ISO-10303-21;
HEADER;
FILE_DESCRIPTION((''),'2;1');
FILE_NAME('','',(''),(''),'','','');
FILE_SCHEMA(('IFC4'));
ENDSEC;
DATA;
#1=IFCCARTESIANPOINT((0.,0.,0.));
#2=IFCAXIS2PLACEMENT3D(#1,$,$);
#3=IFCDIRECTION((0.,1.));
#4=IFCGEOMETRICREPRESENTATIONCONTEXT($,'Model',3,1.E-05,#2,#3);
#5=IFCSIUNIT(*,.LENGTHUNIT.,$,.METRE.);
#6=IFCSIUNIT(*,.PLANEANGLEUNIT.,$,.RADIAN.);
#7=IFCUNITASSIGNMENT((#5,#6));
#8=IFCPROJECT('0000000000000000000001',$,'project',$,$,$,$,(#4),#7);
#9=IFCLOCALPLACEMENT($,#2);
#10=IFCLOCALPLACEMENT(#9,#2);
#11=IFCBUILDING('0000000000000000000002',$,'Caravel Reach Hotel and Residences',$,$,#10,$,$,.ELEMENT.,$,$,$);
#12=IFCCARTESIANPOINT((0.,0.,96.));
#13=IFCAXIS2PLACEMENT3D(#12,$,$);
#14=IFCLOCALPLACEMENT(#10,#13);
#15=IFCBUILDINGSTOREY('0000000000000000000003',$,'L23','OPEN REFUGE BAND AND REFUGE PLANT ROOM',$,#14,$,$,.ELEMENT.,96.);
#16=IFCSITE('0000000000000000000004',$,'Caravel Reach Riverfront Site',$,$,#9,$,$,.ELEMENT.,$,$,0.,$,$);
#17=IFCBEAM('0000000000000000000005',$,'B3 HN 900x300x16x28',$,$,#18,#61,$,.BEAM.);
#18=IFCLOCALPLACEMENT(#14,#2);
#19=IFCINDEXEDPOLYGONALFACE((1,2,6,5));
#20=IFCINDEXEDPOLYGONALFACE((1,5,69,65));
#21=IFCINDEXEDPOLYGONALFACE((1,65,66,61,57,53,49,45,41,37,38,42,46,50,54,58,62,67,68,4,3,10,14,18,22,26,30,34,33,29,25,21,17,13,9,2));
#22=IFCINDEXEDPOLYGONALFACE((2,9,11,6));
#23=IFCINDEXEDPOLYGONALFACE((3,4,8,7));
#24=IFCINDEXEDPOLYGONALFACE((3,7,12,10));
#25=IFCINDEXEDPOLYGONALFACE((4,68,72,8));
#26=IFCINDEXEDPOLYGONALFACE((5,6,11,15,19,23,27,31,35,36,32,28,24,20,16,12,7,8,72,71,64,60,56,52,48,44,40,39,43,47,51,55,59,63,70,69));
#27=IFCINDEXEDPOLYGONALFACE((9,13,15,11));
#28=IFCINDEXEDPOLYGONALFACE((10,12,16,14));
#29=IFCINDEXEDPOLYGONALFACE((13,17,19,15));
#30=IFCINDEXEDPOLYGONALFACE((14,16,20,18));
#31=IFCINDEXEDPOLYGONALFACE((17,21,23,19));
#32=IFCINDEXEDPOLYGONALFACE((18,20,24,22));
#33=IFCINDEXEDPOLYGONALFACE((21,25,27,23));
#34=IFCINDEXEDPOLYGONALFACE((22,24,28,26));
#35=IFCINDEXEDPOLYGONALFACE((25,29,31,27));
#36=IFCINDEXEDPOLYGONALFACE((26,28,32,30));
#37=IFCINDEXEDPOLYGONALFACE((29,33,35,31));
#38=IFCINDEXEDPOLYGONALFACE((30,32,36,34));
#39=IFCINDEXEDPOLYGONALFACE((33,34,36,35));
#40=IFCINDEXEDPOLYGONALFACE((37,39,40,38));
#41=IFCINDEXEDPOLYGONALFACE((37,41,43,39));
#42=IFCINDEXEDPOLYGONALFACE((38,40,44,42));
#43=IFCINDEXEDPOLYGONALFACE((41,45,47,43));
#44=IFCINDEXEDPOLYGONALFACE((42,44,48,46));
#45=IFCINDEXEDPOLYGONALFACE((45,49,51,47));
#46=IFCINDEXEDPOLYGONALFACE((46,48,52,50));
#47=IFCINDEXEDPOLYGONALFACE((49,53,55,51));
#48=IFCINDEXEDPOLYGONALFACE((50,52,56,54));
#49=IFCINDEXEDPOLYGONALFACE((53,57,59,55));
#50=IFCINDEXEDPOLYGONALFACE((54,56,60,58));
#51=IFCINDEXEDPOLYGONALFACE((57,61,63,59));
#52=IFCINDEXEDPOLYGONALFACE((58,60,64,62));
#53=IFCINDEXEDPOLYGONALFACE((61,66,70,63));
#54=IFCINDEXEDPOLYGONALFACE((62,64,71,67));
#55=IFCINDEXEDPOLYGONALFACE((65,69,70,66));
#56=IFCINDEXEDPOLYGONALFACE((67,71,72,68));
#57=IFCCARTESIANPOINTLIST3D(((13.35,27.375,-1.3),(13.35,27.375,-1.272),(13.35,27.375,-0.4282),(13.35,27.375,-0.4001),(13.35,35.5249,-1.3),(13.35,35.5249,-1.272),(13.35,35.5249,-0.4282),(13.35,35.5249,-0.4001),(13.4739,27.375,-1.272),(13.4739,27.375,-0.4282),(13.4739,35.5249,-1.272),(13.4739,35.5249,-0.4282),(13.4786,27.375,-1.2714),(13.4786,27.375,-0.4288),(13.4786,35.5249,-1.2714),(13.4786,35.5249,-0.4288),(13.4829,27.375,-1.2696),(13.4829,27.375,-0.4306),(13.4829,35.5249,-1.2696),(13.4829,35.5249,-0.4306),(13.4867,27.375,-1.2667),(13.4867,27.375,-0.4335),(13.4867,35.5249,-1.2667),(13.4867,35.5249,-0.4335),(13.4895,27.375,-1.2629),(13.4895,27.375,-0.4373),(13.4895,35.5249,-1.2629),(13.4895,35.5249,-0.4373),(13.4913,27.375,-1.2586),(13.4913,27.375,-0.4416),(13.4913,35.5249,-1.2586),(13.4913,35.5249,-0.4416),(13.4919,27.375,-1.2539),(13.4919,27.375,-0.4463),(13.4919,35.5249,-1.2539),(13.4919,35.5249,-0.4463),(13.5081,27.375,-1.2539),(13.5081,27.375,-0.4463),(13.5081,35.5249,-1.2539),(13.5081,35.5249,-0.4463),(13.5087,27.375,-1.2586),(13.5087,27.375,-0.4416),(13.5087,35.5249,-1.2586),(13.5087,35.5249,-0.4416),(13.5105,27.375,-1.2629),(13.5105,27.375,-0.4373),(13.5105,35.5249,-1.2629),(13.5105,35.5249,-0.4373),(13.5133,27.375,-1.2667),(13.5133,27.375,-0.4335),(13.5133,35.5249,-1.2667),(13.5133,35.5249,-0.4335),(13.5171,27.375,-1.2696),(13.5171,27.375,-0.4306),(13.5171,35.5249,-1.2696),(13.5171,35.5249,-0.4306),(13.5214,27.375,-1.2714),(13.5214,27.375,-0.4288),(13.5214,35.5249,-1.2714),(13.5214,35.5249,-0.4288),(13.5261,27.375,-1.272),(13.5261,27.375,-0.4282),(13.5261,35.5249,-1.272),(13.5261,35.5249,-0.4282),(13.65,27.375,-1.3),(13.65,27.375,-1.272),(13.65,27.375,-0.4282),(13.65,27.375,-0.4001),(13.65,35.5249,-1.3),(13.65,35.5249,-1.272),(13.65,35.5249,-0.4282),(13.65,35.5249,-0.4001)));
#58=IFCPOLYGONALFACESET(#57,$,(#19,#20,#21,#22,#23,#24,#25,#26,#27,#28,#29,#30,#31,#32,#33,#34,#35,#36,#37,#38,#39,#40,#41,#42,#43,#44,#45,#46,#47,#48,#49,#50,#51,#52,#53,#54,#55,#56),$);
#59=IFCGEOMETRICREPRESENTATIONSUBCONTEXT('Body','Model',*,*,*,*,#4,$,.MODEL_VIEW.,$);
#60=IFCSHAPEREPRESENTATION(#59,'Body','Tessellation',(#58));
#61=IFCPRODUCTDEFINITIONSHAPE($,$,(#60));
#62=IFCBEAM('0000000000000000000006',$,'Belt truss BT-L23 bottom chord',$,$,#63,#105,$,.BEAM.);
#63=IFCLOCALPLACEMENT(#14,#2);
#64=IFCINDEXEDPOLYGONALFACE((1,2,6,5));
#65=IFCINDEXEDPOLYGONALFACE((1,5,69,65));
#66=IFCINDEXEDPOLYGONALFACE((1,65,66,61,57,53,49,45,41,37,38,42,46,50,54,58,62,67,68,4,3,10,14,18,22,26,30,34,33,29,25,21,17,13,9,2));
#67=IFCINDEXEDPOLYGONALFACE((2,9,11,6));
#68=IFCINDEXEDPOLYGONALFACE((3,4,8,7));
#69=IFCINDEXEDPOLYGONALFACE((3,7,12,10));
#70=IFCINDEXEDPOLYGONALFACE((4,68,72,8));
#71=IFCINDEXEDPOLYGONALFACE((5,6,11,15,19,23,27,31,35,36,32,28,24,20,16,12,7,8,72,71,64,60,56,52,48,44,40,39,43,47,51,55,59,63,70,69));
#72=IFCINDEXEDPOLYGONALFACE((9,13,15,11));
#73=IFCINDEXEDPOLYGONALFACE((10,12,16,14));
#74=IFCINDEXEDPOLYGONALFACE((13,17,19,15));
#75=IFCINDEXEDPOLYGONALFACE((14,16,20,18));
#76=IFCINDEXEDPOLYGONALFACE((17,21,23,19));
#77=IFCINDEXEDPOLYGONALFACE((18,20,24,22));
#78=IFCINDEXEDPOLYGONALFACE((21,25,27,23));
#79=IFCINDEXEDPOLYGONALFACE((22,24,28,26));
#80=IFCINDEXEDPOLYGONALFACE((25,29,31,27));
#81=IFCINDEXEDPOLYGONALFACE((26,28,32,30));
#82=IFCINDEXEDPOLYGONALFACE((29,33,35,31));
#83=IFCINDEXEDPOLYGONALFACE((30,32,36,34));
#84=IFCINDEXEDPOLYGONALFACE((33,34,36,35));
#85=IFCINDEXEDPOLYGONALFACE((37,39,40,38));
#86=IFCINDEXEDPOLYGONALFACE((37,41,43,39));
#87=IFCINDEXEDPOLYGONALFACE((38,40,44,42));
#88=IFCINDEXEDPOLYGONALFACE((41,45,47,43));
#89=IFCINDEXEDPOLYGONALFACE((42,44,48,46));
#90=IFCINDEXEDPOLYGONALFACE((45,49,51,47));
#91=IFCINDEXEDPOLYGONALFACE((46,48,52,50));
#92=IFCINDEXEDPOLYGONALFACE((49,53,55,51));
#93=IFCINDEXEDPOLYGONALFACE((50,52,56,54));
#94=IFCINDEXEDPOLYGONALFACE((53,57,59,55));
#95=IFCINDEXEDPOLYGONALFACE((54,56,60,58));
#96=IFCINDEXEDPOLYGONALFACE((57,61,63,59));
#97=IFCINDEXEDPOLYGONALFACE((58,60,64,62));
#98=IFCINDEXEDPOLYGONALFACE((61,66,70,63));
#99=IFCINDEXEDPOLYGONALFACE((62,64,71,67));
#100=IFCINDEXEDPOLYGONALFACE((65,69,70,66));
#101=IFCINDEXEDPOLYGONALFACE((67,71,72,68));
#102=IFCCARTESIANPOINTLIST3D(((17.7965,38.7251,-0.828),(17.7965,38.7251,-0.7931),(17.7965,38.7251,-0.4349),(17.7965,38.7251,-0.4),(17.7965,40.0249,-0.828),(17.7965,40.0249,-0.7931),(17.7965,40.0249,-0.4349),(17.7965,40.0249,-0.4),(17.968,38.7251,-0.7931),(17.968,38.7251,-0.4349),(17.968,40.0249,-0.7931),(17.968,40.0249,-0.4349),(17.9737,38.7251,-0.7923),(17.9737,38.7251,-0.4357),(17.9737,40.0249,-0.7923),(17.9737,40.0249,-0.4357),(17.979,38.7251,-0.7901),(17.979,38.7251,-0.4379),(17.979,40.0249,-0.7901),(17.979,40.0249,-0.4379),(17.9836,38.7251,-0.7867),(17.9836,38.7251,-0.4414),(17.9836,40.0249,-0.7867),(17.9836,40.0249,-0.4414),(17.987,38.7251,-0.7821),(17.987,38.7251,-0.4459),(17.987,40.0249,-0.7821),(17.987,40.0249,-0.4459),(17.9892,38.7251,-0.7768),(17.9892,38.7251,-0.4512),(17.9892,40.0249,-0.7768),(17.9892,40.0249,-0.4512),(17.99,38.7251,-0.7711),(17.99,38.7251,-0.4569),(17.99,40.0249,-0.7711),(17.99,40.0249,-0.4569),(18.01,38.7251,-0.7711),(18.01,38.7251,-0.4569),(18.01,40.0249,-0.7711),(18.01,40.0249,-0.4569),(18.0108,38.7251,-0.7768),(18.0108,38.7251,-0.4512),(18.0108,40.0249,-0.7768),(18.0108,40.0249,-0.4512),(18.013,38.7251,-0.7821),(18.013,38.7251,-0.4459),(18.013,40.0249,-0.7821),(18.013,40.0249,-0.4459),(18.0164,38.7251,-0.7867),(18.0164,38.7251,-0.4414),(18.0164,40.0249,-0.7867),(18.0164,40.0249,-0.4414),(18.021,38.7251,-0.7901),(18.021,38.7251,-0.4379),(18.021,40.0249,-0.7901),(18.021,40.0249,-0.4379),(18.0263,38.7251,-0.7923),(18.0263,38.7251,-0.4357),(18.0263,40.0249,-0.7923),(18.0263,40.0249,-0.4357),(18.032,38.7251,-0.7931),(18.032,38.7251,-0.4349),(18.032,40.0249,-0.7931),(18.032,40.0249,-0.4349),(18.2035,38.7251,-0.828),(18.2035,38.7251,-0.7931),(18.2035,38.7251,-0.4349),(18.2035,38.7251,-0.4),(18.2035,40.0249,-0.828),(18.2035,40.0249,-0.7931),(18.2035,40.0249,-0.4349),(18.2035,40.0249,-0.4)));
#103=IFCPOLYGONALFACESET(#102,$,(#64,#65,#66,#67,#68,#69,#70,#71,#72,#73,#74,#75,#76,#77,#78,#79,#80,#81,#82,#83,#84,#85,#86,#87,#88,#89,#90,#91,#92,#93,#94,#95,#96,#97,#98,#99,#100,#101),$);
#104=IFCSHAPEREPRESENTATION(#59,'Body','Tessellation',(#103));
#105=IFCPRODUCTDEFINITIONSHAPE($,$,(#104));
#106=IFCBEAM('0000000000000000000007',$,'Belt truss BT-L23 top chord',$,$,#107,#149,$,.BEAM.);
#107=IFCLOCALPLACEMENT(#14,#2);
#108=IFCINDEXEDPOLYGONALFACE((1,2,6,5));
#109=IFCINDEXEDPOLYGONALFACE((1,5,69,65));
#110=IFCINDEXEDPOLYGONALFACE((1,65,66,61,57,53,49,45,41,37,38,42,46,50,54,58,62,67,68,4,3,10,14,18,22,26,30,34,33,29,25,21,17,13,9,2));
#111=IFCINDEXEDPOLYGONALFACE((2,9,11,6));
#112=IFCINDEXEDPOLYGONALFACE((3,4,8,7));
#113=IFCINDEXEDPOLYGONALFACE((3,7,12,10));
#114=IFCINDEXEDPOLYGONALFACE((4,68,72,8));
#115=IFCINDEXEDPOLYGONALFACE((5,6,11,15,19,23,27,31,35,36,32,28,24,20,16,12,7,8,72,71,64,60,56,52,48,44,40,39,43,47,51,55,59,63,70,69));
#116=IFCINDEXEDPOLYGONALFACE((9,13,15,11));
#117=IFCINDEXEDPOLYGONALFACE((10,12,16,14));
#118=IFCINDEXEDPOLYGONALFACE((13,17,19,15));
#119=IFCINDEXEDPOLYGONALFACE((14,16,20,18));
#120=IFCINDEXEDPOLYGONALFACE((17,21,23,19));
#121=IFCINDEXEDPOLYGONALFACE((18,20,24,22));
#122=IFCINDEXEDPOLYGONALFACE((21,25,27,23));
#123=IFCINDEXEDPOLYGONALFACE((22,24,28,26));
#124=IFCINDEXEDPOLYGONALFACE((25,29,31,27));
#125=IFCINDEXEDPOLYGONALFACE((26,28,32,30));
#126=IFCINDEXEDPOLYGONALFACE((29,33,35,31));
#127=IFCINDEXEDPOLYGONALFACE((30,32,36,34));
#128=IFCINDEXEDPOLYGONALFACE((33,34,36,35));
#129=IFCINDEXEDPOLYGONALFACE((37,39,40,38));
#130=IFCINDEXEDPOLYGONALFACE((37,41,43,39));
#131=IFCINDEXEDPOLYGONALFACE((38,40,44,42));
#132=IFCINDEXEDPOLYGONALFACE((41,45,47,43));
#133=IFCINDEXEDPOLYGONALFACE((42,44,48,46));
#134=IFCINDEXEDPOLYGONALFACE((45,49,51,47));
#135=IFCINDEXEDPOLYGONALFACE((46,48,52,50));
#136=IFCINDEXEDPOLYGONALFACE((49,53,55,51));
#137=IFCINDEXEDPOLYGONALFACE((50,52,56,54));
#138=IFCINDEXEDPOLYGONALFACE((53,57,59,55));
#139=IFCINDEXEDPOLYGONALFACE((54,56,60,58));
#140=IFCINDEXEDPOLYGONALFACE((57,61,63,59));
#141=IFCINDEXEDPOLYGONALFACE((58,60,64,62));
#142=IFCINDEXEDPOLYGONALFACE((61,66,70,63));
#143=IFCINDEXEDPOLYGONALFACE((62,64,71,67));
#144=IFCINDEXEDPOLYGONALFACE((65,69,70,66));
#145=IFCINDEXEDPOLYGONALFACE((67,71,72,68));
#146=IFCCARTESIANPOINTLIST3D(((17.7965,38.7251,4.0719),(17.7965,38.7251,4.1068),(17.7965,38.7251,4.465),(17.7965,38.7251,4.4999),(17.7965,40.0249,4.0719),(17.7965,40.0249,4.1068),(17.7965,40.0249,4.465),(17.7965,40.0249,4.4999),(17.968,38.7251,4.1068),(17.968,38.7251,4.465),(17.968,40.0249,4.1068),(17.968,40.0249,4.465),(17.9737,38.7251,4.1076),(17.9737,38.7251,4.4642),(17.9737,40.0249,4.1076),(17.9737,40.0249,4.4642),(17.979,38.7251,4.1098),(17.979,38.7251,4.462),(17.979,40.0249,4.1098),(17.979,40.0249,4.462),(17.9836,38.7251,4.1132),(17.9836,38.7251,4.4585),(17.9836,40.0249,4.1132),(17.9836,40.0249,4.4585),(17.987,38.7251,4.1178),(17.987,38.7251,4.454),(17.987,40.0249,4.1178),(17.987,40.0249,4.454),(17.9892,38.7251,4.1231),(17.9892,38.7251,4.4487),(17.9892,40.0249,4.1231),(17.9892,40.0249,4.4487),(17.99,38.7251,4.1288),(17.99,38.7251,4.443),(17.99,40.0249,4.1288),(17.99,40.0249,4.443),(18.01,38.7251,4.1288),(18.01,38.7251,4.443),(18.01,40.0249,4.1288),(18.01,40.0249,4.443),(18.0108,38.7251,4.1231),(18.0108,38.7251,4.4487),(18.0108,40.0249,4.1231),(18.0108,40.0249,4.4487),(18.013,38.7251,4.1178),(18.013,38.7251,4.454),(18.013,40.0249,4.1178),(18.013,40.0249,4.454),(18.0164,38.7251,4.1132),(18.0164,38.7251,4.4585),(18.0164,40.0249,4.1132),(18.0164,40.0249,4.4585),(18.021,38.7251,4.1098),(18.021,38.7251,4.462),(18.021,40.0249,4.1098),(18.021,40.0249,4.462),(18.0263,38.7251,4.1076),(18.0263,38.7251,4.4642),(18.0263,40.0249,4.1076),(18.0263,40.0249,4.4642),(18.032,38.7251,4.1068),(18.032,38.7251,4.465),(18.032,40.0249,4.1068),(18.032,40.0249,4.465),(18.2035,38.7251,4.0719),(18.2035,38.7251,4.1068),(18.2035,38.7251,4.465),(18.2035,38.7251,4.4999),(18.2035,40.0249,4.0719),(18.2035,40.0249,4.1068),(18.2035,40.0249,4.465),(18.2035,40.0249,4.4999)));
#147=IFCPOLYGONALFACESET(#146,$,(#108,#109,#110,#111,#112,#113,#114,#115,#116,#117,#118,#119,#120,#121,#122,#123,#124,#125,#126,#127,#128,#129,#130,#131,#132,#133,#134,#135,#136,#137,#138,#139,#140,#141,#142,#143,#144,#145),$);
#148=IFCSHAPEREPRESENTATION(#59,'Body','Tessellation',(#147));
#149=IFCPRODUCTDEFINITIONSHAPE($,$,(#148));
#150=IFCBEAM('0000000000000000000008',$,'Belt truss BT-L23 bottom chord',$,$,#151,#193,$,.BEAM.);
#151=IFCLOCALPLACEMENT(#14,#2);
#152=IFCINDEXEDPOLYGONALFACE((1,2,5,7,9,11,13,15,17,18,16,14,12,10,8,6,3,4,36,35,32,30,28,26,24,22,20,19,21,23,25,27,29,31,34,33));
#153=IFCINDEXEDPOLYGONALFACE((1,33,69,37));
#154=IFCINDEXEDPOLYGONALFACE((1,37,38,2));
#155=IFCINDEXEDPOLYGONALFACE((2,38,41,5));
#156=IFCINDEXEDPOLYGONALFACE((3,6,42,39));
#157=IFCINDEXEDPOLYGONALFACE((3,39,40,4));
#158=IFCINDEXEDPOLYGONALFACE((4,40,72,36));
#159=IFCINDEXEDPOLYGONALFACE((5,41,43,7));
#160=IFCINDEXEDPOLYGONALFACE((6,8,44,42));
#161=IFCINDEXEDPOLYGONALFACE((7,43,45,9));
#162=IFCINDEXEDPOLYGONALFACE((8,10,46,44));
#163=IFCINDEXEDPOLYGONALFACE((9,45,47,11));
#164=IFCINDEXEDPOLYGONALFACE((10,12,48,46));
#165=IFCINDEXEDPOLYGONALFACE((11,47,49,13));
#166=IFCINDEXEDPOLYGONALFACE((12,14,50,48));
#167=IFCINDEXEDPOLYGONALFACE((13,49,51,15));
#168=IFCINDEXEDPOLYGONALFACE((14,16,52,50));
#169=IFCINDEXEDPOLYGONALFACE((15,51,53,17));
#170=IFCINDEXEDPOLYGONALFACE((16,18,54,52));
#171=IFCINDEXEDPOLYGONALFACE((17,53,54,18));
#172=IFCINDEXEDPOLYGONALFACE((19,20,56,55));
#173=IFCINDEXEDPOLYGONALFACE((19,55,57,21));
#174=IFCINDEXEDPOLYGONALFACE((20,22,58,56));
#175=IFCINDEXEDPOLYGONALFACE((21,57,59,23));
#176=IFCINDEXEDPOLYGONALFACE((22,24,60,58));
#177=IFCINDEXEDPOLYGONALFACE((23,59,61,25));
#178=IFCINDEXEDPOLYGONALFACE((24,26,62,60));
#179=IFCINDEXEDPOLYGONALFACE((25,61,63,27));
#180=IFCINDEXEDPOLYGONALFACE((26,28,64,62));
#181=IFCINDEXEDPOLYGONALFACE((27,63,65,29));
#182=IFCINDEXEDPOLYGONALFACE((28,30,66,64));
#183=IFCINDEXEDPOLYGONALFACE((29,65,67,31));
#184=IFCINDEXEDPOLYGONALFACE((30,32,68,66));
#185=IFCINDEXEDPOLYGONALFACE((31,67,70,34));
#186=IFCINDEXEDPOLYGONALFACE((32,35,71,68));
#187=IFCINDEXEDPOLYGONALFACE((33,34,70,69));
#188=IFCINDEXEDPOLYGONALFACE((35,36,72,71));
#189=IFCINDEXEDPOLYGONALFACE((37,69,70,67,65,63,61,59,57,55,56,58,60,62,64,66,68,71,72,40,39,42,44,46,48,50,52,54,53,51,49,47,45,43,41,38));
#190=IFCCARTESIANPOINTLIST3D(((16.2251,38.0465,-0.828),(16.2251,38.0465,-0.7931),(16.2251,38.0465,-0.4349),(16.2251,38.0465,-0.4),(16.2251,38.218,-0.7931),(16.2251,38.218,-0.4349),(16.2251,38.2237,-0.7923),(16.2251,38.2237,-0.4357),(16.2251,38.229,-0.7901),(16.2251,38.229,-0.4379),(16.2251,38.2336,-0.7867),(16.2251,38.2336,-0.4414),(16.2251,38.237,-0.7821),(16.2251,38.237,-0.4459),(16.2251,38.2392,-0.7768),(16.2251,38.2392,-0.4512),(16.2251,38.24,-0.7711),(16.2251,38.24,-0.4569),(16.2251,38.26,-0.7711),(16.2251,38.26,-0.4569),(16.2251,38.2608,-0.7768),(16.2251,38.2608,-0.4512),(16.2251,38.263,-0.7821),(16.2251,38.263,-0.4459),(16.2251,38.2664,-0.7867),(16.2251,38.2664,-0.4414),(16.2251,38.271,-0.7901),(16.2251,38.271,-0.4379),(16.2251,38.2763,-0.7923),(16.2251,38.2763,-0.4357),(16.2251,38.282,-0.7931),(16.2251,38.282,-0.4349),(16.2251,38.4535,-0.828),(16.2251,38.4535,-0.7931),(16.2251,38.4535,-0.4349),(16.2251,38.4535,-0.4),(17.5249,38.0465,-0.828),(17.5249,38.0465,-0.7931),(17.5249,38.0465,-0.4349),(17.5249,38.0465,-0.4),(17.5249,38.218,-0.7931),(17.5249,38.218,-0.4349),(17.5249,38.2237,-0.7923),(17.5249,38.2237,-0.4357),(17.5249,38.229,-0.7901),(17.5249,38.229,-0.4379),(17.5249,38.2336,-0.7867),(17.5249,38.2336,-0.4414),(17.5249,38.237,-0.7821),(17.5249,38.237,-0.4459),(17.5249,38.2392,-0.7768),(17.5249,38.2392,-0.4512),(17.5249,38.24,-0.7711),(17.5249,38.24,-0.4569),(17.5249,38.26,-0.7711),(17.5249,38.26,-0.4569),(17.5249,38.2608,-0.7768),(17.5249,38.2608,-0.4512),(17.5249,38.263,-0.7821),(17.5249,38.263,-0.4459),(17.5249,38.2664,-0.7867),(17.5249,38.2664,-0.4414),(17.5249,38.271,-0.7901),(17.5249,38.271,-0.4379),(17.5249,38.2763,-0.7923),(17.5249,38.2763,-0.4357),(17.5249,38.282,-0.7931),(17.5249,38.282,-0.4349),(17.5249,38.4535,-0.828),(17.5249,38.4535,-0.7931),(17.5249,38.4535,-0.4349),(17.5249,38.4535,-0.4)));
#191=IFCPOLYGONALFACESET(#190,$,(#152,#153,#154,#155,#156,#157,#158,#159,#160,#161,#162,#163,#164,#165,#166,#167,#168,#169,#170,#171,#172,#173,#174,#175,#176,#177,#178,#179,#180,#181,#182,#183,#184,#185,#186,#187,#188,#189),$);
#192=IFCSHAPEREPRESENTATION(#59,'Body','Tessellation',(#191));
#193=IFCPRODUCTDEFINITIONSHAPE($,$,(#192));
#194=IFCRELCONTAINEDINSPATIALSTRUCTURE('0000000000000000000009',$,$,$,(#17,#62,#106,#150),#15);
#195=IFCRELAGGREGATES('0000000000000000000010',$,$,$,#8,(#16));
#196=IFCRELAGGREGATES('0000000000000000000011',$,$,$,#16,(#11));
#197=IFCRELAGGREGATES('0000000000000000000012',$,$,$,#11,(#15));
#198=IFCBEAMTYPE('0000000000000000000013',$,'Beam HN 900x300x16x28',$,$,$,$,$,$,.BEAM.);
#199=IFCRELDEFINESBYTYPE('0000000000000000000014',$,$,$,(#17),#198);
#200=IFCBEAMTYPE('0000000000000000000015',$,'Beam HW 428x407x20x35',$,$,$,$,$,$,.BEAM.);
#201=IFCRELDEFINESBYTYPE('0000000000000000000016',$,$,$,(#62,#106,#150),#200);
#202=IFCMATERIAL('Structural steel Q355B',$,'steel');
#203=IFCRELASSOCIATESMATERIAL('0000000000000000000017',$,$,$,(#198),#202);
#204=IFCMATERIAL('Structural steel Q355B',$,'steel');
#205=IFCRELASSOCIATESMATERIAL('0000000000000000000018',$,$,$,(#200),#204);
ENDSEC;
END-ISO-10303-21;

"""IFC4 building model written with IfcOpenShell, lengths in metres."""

from ifc_helpers import new_model, si_unit, direction, frame, origin, origin_2d, place, context, subcontext, project, spatial, i_section, extrude, material, material_profile, profile_set, type_object, element, save


model = new_model("IFC4")

# Units and contexts
model_context = context("Model", 3, precision=1e-05, world=origin(), true_north=direction((0.0, 1.0)))
body_context = subcontext(model_context, "Body", "Model", "MODEL_VIEW")
ifc_project = project(units=[si_unit("LENGTHUNIT", "METRE"), si_unit("PLANEANGLEUNIT", "RADIAN")], contexts=[model_context])

# Site, building, storey
site_placement = place(None, origin())
site = spatial("IfcSite", under=ifc_project, at=site_placement, Name="Caravel Reach Riverfront Site", CompositionType="ELEMENT", RefElevation=0.0)
building_placement = place(site_placement, origin())
building = spatial("IfcBuilding", under=site, at=building_placement, Name="Caravel Reach Hotel and Residences", CompositionType="ELEMENT")
storey_placement = place(building_placement, frame((0.0, 0.0, 96.0)))
storey = spatial("IfcBuildingStorey", under=building, at=storey_placement, Name="L23", Description="OPEN REFUGE BAND AND REFUGE PLANT ROOM", CompositionType="ELEMENT", Elevation=96.0)

# Beams
ifc_material_1 = material(Name="Structural steel Q355B", Category="steel")
ifc_material_profile_1 = material_profile(ifc_material_1, i_section(OverallWidth=0.3, OverallDepth=0.8999, WebThickness=0.0161, FlangeThickness=0.0281, FilletRadius=0.0181, at=origin_2d()), Name="HN 900x300x16x28")
ifc_profile_set_1 = profile_set([ifc_material_profile_1], Name="Structural steel Q355B")
beam_type_1 = type_object("IfcBeamType", Name="Beam HN 900x300x16x28", PredefinedType="BEAM", material=ifc_profile_set_1)
beam_1_placement = place(storey_placement, frame((13.5, 27.375, -0.8501), z_axis=(0.0, 1.0, 0.0), x_axis=(-1.0, 0.0, 0.0)))
element("IfcBeam", 1, at=beam_1_placement, inside=storey, type_object=beam_type_1, Name="B3 HN 900x300x16x28", PredefinedType="BEAM", context=body_context, shape_type="SweptSolid", body=[
    extrude(i_section(OverallWidth=0.3, OverallDepth=0.8999, WebThickness=0.0161, FlangeThickness=0.0281, FilletRadius=0.0181, at=origin_2d()), origin(), (0.0, 0.0, 1.0), 8.1499),
])
ifc_material_2 = material(Name="Structural steel Q355B", Category="steel")
ifc_material_profile_2 = material_profile(ifc_material_2, i_section(OverallWidth=0.407, OverallDepth=0.428, WebThickness=0.02, FlangeThickness=0.0349, FilletRadius=0.022, at=origin_2d()), Name="HW 428x407x20x35")
ifc_profile_set_2 = profile_set([ifc_material_profile_2], Name="Structural steel Q355B")
beam_type_2 = type_object("IfcBeamType", Name="Beam HW 428x407x20x35", PredefinedType="BEAM", material=ifc_profile_set_2)
for number, where, z_axis, x_axis, name in (
    (2, (18.0, 40.0249, -0.614), (0.0, -1.0, 0.0), (1.0, 0.0, 0.0), "Belt truss BT-L23 bottom chord"),
    (3, (18.0, 40.0249, 4.2859), (0.0, -1.0, 0.0), (1.0, 0.0, 0.0), "Belt truss BT-L23 top chord"),
    (4, (17.5249, 38.25, -0.614), (-1.0, 0.0, 0.0), (0.0, -1.0, 0.0), "Belt truss BT-L23 bottom chord"),
):
    element("IfcBeam", number, at=place(storey_placement, frame(where, z_axis=z_axis, x_axis=x_axis)), inside=storey, type_object=beam_type_2, Name=name, PredefinedType="BEAM", context=body_context, shape_type="SweptSolid", body=[
        extrude(i_section(OverallWidth=0.407, OverallDepth=0.428, WebThickness=0.02, FlangeThickness=0.0349, FilletRadius=0.022, at=origin_2d()), origin(), (0.0, 0.0, 1.0), 1.2998),
    ])

save(model, "model.ifc")
